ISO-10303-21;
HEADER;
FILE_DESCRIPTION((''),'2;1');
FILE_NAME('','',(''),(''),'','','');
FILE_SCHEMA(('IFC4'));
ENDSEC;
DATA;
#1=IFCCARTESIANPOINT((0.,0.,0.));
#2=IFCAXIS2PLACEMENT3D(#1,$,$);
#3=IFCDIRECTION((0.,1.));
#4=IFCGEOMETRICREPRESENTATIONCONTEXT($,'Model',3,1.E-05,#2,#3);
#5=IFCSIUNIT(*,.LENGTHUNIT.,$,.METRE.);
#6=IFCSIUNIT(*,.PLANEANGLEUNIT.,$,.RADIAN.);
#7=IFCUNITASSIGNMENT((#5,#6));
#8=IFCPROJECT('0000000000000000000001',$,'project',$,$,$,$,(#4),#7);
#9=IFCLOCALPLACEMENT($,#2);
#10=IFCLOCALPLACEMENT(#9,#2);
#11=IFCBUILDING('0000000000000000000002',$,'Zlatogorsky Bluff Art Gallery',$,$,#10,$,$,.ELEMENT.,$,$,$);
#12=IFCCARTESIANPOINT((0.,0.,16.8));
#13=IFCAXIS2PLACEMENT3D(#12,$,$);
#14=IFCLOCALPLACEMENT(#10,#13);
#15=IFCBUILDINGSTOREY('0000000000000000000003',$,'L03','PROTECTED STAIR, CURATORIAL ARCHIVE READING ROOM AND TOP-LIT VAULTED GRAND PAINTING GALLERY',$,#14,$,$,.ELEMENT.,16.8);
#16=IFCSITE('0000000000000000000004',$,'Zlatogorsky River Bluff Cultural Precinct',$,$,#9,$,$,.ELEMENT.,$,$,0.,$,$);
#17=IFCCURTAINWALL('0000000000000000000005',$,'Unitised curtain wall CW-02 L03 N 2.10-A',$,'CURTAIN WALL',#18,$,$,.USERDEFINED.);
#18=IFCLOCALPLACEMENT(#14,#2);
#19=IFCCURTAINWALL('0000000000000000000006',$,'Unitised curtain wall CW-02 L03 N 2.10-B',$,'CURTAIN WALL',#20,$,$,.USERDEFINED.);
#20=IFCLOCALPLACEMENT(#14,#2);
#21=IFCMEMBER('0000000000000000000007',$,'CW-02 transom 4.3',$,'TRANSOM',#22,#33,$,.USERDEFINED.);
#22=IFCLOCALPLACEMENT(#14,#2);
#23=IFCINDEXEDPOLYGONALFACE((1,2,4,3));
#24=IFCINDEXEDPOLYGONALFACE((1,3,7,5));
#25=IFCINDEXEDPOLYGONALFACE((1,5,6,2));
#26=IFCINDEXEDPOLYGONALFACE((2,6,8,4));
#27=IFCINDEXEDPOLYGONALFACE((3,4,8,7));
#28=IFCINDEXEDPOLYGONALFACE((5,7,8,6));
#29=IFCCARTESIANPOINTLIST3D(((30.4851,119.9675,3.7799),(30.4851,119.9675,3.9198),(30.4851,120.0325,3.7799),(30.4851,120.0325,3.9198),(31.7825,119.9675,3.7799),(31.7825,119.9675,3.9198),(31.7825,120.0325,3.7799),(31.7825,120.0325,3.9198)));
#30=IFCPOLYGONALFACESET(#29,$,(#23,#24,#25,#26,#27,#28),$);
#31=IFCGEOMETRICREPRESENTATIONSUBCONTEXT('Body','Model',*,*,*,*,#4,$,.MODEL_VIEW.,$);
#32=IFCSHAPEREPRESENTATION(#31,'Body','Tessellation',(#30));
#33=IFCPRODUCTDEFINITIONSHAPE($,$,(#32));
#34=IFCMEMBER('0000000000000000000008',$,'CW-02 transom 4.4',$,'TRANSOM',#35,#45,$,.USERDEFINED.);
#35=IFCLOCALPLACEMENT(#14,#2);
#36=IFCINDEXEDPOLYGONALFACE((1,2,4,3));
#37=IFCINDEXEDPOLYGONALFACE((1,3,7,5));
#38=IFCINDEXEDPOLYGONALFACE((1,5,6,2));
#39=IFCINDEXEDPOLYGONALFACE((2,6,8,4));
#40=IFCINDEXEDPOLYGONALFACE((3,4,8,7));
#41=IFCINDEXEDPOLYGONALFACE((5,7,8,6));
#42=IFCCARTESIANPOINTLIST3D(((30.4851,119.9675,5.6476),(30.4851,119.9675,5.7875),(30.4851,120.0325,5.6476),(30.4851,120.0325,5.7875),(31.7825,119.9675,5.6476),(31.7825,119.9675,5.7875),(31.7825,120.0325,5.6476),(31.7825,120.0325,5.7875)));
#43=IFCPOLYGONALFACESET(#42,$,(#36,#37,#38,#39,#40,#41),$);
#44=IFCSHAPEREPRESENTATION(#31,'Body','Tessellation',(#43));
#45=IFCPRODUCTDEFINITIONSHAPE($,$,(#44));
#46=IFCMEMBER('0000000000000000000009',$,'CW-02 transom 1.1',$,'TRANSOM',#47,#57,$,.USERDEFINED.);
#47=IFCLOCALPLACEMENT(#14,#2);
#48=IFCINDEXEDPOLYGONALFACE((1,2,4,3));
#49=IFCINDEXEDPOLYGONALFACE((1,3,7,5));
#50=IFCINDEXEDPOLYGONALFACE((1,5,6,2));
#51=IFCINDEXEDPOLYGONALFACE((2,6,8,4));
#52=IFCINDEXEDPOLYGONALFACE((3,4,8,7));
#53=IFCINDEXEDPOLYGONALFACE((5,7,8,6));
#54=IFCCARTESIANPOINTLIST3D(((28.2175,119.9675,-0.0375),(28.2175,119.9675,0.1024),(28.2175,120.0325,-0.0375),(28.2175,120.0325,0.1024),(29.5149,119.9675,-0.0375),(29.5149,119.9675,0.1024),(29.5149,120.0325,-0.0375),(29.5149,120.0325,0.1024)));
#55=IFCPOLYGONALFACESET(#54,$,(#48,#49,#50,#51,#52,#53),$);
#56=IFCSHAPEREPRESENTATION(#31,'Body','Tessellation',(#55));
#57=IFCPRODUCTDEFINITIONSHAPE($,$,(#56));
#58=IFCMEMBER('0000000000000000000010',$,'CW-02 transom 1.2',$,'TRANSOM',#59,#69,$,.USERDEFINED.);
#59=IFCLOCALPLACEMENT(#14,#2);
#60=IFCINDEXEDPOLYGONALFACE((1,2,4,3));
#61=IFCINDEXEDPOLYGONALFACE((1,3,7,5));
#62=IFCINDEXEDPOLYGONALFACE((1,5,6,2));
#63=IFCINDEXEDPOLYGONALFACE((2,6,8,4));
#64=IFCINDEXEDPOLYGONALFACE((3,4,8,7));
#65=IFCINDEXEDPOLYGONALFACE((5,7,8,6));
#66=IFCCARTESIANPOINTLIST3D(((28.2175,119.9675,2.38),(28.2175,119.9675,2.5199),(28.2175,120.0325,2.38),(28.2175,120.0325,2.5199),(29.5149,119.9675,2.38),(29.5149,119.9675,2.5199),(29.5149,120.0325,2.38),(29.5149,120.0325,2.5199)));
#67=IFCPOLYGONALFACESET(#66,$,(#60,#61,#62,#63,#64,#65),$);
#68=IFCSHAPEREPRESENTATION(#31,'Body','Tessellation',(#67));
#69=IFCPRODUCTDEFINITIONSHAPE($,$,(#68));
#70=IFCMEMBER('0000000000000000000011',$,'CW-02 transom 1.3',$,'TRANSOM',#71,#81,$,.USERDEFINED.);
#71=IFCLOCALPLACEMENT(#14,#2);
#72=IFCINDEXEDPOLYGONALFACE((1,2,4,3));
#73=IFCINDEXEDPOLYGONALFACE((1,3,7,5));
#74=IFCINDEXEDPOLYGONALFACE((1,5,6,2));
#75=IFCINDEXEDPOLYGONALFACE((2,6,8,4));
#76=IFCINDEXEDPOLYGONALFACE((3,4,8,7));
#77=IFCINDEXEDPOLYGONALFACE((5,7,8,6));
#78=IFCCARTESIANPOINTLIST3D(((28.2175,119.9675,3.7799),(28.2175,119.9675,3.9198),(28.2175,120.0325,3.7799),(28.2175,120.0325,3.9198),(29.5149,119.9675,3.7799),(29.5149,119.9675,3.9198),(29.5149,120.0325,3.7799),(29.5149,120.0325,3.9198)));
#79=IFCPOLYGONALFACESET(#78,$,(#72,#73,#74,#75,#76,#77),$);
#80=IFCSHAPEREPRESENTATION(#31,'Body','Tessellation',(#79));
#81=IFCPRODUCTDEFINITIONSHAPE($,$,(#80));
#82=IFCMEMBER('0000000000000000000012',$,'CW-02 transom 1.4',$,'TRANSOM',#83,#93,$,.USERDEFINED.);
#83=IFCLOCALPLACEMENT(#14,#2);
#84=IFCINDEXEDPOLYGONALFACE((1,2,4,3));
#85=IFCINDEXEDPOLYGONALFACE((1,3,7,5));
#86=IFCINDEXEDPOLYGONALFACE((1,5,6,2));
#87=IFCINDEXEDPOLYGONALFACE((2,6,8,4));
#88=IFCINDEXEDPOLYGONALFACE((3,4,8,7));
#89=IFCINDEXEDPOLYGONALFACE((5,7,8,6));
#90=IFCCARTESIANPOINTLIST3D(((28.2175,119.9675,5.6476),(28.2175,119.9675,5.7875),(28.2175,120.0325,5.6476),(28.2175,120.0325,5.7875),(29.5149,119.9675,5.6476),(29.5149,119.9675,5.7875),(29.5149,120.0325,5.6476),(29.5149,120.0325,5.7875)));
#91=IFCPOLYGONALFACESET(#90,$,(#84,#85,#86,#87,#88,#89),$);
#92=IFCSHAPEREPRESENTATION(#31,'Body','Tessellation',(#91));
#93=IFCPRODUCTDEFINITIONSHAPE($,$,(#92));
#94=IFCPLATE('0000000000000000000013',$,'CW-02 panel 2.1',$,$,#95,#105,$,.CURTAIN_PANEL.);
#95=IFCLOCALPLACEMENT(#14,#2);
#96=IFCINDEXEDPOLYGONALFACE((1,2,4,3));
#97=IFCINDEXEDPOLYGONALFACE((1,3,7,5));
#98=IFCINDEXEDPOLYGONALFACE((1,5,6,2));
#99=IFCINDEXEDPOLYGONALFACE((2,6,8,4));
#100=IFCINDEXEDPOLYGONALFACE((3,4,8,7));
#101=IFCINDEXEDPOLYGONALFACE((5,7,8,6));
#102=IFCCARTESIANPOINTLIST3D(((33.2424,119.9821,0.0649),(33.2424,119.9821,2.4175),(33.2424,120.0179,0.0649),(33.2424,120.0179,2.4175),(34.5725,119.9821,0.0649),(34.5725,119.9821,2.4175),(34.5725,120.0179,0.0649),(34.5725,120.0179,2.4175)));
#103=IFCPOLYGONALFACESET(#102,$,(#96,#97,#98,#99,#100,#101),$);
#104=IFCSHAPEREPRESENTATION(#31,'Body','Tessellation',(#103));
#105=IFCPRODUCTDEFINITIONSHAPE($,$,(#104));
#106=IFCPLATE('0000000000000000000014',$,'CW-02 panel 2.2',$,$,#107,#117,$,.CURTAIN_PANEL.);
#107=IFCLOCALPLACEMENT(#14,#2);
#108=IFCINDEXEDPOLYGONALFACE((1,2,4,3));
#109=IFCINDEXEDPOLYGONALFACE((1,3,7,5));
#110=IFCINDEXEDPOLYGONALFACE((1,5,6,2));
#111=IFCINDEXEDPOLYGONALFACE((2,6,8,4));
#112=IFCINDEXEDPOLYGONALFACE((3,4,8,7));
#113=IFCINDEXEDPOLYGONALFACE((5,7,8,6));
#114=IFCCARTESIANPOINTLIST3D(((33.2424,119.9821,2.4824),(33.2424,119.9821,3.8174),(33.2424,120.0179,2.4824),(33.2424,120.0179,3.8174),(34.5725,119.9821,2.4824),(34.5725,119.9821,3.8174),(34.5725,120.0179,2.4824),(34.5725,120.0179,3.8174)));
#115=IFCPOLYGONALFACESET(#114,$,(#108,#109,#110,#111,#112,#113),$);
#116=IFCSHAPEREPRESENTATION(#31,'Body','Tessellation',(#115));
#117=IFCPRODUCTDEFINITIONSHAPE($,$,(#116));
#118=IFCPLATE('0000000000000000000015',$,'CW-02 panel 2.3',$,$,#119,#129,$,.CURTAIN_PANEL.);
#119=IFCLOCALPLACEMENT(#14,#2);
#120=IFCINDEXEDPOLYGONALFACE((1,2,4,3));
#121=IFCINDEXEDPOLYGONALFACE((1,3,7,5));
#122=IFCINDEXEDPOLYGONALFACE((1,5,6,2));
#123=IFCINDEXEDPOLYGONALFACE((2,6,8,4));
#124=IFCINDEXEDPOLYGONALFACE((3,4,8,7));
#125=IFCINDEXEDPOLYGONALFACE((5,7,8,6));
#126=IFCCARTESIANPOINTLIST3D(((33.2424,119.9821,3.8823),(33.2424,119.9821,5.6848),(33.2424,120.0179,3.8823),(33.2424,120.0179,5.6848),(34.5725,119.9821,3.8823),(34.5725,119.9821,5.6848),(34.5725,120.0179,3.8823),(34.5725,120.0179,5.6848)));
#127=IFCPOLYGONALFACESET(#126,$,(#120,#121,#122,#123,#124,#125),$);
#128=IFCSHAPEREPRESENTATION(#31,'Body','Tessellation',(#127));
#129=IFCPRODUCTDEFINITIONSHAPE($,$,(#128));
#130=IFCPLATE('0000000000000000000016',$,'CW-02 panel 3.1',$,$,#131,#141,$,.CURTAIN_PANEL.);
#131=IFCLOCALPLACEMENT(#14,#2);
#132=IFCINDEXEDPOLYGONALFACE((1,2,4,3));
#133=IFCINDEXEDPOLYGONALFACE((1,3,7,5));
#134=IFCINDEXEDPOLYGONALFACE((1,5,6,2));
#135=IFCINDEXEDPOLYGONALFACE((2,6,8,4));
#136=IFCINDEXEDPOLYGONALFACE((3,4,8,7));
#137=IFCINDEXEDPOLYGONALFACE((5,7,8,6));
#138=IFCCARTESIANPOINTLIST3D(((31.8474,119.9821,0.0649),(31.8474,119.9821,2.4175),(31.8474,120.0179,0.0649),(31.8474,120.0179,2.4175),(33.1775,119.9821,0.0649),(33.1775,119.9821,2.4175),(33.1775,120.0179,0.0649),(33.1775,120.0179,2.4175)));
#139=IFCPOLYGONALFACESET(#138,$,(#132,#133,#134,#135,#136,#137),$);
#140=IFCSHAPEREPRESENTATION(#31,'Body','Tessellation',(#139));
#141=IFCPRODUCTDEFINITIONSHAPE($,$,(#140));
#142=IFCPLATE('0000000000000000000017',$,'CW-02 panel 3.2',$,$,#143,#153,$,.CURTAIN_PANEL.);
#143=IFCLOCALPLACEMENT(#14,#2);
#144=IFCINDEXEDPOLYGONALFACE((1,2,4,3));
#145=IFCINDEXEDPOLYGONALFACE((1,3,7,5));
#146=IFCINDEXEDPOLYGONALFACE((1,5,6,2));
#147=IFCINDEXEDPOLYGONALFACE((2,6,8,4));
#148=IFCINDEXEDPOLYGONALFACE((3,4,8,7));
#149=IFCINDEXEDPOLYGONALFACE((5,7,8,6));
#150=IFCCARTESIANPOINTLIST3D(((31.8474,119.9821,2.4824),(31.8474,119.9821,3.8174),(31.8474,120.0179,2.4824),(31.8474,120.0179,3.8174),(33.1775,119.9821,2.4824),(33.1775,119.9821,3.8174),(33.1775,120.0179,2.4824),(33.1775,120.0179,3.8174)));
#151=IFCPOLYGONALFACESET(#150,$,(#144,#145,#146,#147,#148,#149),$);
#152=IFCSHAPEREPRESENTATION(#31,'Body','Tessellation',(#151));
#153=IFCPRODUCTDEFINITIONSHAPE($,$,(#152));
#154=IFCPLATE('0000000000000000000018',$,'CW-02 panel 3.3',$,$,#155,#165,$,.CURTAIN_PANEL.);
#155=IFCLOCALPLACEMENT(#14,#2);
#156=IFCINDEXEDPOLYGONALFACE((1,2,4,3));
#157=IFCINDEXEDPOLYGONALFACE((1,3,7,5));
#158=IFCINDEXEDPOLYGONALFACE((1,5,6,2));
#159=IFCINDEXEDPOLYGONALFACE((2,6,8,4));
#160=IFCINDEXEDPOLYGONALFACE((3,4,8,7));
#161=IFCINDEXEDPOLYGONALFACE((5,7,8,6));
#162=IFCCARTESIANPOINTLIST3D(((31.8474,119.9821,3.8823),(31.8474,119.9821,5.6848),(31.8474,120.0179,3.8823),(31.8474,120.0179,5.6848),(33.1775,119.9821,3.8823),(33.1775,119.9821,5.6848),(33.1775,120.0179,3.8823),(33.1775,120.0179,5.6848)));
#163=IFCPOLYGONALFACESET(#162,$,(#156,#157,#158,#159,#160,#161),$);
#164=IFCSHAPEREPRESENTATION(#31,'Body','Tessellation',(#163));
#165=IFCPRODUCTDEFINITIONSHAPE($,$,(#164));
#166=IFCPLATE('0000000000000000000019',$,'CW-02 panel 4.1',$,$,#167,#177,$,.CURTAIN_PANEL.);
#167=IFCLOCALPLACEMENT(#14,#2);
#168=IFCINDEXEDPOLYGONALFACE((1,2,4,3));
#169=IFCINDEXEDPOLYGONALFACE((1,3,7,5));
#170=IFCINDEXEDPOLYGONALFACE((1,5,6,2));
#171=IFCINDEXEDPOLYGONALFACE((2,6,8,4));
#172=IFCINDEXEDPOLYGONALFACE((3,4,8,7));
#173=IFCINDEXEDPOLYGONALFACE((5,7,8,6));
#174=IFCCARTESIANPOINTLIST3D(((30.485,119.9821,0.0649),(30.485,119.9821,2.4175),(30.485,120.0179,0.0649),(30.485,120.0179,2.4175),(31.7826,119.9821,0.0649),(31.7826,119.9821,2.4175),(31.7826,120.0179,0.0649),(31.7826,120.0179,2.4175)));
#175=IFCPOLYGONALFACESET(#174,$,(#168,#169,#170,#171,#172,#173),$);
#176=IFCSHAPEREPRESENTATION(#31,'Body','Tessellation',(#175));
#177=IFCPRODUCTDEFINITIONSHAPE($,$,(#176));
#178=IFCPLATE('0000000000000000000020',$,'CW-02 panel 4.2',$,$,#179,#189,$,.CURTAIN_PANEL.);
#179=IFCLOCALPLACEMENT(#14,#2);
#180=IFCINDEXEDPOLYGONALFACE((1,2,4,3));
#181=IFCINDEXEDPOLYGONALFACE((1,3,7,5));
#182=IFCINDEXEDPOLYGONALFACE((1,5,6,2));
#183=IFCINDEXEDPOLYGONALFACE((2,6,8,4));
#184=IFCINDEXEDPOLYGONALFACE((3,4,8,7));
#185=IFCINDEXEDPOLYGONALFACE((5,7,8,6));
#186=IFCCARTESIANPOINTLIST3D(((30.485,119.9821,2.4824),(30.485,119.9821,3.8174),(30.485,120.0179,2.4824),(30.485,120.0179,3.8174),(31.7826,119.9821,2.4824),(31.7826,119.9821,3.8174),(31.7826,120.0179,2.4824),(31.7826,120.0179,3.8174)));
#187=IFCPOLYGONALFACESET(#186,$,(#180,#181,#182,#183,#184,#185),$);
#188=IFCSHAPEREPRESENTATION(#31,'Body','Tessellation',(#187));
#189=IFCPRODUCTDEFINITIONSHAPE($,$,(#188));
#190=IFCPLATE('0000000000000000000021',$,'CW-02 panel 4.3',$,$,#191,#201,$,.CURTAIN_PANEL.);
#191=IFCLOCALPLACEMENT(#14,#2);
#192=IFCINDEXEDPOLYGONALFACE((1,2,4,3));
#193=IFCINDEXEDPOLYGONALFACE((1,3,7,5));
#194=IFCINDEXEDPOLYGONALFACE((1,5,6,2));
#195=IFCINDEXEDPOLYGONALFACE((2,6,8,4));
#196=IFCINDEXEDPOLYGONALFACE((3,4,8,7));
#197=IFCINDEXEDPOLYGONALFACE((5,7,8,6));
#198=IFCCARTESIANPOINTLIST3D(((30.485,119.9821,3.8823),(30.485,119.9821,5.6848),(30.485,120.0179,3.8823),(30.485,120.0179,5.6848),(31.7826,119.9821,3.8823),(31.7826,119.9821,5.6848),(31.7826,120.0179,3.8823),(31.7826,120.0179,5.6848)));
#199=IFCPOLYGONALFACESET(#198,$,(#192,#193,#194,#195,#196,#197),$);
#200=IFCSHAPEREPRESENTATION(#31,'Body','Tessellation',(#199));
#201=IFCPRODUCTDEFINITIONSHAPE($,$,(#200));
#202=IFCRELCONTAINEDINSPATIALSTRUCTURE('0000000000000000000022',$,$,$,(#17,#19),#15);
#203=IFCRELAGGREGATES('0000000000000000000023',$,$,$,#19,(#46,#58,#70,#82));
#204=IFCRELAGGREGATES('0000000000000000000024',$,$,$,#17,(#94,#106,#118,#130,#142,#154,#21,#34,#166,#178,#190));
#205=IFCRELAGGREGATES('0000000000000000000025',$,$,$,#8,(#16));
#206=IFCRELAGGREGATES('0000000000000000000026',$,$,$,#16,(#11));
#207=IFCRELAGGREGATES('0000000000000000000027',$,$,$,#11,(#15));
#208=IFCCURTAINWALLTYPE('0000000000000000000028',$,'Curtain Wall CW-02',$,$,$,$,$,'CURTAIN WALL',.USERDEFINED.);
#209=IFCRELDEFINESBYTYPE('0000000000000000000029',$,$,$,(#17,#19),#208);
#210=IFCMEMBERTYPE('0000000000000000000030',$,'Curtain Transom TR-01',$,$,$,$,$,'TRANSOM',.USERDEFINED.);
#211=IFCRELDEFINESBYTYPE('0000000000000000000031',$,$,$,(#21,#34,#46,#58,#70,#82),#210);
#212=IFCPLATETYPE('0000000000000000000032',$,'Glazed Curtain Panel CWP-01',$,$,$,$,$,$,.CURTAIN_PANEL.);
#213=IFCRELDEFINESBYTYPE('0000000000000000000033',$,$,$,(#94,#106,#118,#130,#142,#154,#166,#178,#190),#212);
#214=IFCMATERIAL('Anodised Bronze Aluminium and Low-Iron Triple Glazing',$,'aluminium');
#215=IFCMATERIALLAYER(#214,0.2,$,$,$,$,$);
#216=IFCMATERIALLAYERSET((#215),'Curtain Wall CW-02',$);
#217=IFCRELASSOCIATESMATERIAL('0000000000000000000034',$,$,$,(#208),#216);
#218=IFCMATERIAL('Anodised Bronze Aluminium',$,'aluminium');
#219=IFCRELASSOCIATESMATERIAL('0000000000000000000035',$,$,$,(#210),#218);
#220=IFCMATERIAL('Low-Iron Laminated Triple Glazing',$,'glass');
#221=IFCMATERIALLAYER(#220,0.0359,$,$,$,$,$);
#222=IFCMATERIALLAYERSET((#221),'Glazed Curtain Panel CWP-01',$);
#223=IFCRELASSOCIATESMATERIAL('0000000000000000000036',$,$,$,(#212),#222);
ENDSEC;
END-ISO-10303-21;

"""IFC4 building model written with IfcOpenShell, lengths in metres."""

from ifc_helpers import new_model, si_unit, direction, frame, origin, origin_2d, place, context, subcontext, project, spatial, rectangle, extrude, material, layer, layer_set, material_profile, profile_set, type_object, element, aggregate, save


model = new_model("IFC4")

# Units and contexts
model_context = context("Model", 3, precision=1e-05, world=origin(), true_north=direction((0.0, 1.0)))
body_context = subcontext(model_context, "Body", "Model", "MODEL_VIEW")
ifc_project = project(units=[si_unit("LENGTHUNIT", "METRE"), si_unit("PLANEANGLEUNIT", "RADIAN")], contexts=[model_context])

# Site, building, storey
site_placement = place(None, origin())
site = spatial("IfcSite", under=ifc_project, at=site_placement, Name="Zlatogorsky River Bluff Cultural Precinct", CompositionType="ELEMENT", RefElevation=0.0)
building_placement = place(site_placement, origin())
building = spatial("IfcBuilding", under=site, at=building_placement, Name="Zlatogorsky Bluff Art Gallery", CompositionType="ELEMENT")
storey_placement = place(building_placement, frame((0.0, 0.0, 16.8)))
storey = spatial("IfcBuildingStorey", under=building, at=storey_placement, Name="L03", Description="PROTECTED STAIR, CURATORIAL ARCHIVE READING ROOM AND TOP-LIT VAULTED GRAND PAINTING GALLERY", CompositionType="ELEMENT", Elevation=16.8)

# Curtain wall
ifc_material_1 = material(Name="Anodised Bronze Aluminium and Low-Iron Triple Glazing", Category="aluminium")
ifc_layer_1 = layer(ifc_material_1, 0.2)
ifc_layer_set_1 = layer_set([ifc_layer_1], Name="Curtain Wall CW-02")
curtain_wall_type = type_object("IfcCurtainWallType", Name="Curtain Wall CW-02", ElementType="CURTAIN WALL", PredefinedType="USERDEFINED", material=ifc_layer_set_1)
curtain_wall_1_placement = place(storey_placement, origin())
curtain_wall_1 = element("IfcCurtainWall", 1, at=curtain_wall_1_placement, inside=storey, type_object=curtain_wall_type, Name="Unitised curtain wall CW-02 L03 N 2.10-A", ObjectType="CURTAIN WALL", PredefinedType="USERDEFINED")
ifc_material_2 = material(Name="Anodised Bronze Aluminium", Category="aluminium")

# Curtain wall
curtain_wall_2_placement = place(storey_placement, origin())
curtain_wall_2 = element("IfcCurtainWall", 2, at=curtain_wall_2_placement, inside=storey, type_object=curtain_wall_type, Name="Unitised curtain wall CW-02 L03 N 2.10-B", ObjectType="CURTAIN WALL", PredefinedType="USERDEFINED")

# Members
ifc_material_profile_1 = material_profile(ifc_material_2, rectangle(XDim=0.0649, YDim=0.1399, at=origin_2d()), Name="ALU TRANSOM 65x140")
ifc_profile_set_1 = profile_set([ifc_material_profile_1], Name="Anodised Bronze Aluminium")
member_type_1 = type_object("IfcMemberType", Name="Curtain Transom TR-01", ElementType="TRANSOM", PredefinedType="USERDEFINED", material=ifc_profile_set_1)
member_1_placement = place(storey_placement, frame((31.7825, 120.0, 3.8499), z_axis=(-1.0, 0.0, 0.0), x_axis=(0.0, -1.0, 0.0)))
member_1 = element("IfcMember", 3, at=member_1_placement, type_object=member_type_1, Name="CW-02 transom 4.3", ObjectType="TRANSOM", PredefinedType="USERDEFINED", context=body_context, shape_type="SweptSolid", body=[
    extrude(rectangle(XDim=0.0649, YDim=0.1399, at=origin_2d()), origin(), (0.0, 0.0, 1.0), 1.2974),
])
member_2_placement = place(storey_placement, frame((31.7825, 120.0, 5.7175), z_axis=(-1.0, 0.0, 0.0), x_axis=(0.0, -1.0, 0.0)))
member_2 = element("IfcMember", 4, at=member_2_placement, type_object=member_type_1, Name="CW-02 transom 4.4", ObjectType="TRANSOM", PredefinedType="USERDEFINED", context=body_context, shape_type="SweptSolid", body=[
    extrude(rectangle(XDim=0.0649, YDim=0.1399, at=origin_2d()), origin(), (0.0, 0.0, 1.0), 1.2974),
])
member_3_placement = place(storey_placement, frame((29.5149, 120.0, 0.0325), z_axis=(-1.0, 0.0, 0.0), x_axis=(0.0, -1.0, 0.0)))
member_3 = element("IfcMember", 5, at=member_3_placement, type_object=member_type_1, Name="CW-02 transom 1.1", ObjectType="TRANSOM", PredefinedType="USERDEFINED", context=body_context, shape_type="SweptSolid", body=[
    extrude(rectangle(XDim=0.0649, YDim=0.1399, at=origin_2d()), origin(), (0.0, 0.0, 1.0), 1.2974),
])
member_4_placement = place(storey_placement, frame((29.5149, 120.0, 2.45), z_axis=(-1.0, 0.0, 0.0), x_axis=(0.0, -1.0, 0.0)))
member_4 = element("IfcMember", 6, at=member_4_placement, type_object=member_type_1, Name="CW-02 transom 1.2", ObjectType="TRANSOM", PredefinedType="USERDEFINED", context=body_context, shape_type="SweptSolid", body=[
    extrude(rectangle(XDim=0.0649, YDim=0.1399, at=origin_2d()), origin(), (0.0, 0.0, 1.0), 1.2974),
])
member_5_placement = place(storey_placement, frame((29.5149, 120.0, 3.8499), z_axis=(-1.0, 0.0, 0.0), x_axis=(0.0, -1.0, 0.0)))
member_5 = element("IfcMember", 7, at=member_5_placement, type_object=member_type_1, Name="CW-02 transom 1.3", ObjectType="TRANSOM", PredefinedType="USERDEFINED", context=body_context, shape_type="SweptSolid", body=[
    extrude(rectangle(XDim=0.0649, YDim=0.1399, at=origin_2d()), origin(), (0.0, 0.0, 1.0), 1.2974),
])
member_6_placement = place(storey_placement, frame((29.5149, 120.0, 5.7175), z_axis=(-1.0, 0.0, 0.0), x_axis=(0.0, -1.0, 0.0)))
member_6 = element("IfcMember", 8, at=member_6_placement, type_object=member_type_1, Name="CW-02 transom 1.4", ObjectType="TRANSOM", PredefinedType="USERDEFINED", context=body_context, shape_type="SweptSolid", body=[
    extrude(rectangle(XDim=0.0649, YDim=0.1399, at=origin_2d()), origin(), (0.0, 0.0, 1.0), 1.2974),
])
aggregate(curtain_wall_2, [member_3, member_4, member_5, member_6])

# Plates
ifc_material_3 = material(Name="Low-Iron Laminated Triple Glazing", Category="glass")
ifc_layer_2 = layer(ifc_material_3, 0.0359)
ifc_layer_set_2 = layer_set([ifc_layer_2], Name="Glazed Curtain Panel CWP-01")
plate_type = type_object("IfcPlateType", Name="Glazed Curtain Panel CWP-01", PredefinedType="CURTAIN_PANEL", material=ifc_layer_set_2)
plate_1_placement = place(storey_placement, frame((33.9075, 120.0, 0.0649), z_axis=(0.0, 0.0, 1.0), x_axis=(-1.0, 0.0, 0.0)))
plate_1 = element("IfcPlate", 9, at=plate_1_placement, type_object=plate_type, Name="CW-02 panel 2.1", PredefinedType="CURTAIN_PANEL", context=body_context, shape_type="SweptSolid", body=[
    extrude(rectangle(XDim=1.3301, YDim=0.0359, at=origin_2d()), origin(), (0.0, 0.0, 1.0), 2.3525),
])
plate_2_placement = place(storey_placement, frame((33.9075, 120.0, 2.4824), z_axis=(0.0, 0.0, 1.0), x_axis=(-1.0, 0.0, 0.0)))
plate_2 = element("IfcPlate", 10, at=plate_2_placement, type_object=plate_type, Name="CW-02 panel 2.2", PredefinedType="CURTAIN_PANEL", context=body_context, shape_type="SweptSolid", body=[
    extrude(rectangle(XDim=1.3301, YDim=0.0359, at=origin_2d()), origin(), (0.0, 0.0, 1.0), 1.335),
])
plate_3_placement = place(storey_placement, frame((33.9075, 120.0, 3.8823), z_axis=(0.0, 0.0, 1.0), x_axis=(-1.0, 0.0, 0.0)))
plate_3 = element("IfcPlate", 11, at=plate_3_placement, type_object=plate_type, Name="CW-02 panel 2.3", PredefinedType="CURTAIN_PANEL", context=body_context, shape_type="SweptSolid", body=[
    extrude(rectangle(XDim=1.3301, YDim=0.0359, at=origin_2d()), origin(), (0.0, 0.0, 1.0), 1.8025),
])
plate_4_placement = place(storey_placement, frame((32.5125, 120.0, 0.0649), z_axis=(0.0, 0.0, 1.0), x_axis=(-1.0, 0.0, 0.0)))
plate_4 = element("IfcPlate", 12, at=plate_4_placement, type_object=plate_type, Name="CW-02 panel 3.1", PredefinedType="CURTAIN_PANEL", context=body_context, shape_type="SweptSolid", body=[
    extrude(rectangle(XDim=1.3301, YDim=0.0359, at=origin_2d()), origin(), (0.0, 0.0, 1.0), 2.3525),
])
plate_5_placement = place(storey_placement, frame((32.5125, 120.0, 2.4824), z_axis=(0.0, 0.0, 1.0), x_axis=(-1.0, 0.0, 0.0)))
plate_5 = element("IfcPlate", 13, at=plate_5_placement, type_object=plate_type, Name="CW-02 panel 3.2", PredefinedType="CURTAIN_PANEL", context=body_context, shape_type="SweptSolid", body=[
    extrude(rectangle(XDim=1.3301, YDim=0.0359, at=origin_2d()), origin(), (0.0, 0.0, 1.0), 1.335),
])
plate_6_placement = place(storey_placement, frame((32.5125, 120.0, 3.8823), z_axis=(0.0, 0.0, 1.0), x_axis=(-1.0, 0.0, 0.0)))
plate_6 = element("IfcPlate", 14, at=plate_6_placement, type_object=plate_type, Name="CW-02 panel 3.3", PredefinedType="CURTAIN_PANEL", context=body_context, shape_type="SweptSolid", body=[
    extrude(rectangle(XDim=1.3301, YDim=0.0359, at=origin_2d()), origin(), (0.0, 0.0, 1.0), 1.8025),
])
plate_7_placement = place(storey_placement, frame((31.1338, 120.0, 0.0649), z_axis=(0.0, 0.0, 1.0), x_axis=(-1.0, 0.0, 0.0)))
plate_7 = element("IfcPlate", 15, at=plate_7_placement, type_object=plate_type, Name="CW-02 panel 4.1", PredefinedType="CURTAIN_PANEL", context=body_context, shape_type="SweptSolid", body=[
    extrude(rectangle(XDim=1.2976, YDim=0.0359, at=origin_2d()), origin(), (0.0, 0.0, 1.0), 2.3525),
])
plate_8_placement = place(storey_placement, frame((31.1338, 120.0, 2.4824), z_axis=(0.0, 0.0, 1.0), x_axis=(-1.0, 0.0, 0.0)))
plate_8 = element("IfcPlate", 16, at=plate_8_placement, type_object=plate_type, Name="CW-02 panel 4.2", PredefinedType="CURTAIN_PANEL", context=body_context, shape_type="SweptSolid", body=[
    extrude(rectangle(XDim=1.2976, YDim=0.0359, at=origin_2d()), origin(), (0.0, 0.0, 1.0), 1.335),
])
plate_9_placement = place(storey_placement, frame((31.1338, 120.0, 3.8823), z_axis=(0.0, 0.0, 1.0), x_axis=(-1.0, 0.0, 0.0)))
plate_9 = element("IfcPlate", 17, at=plate_9_placement, type_object=plate_type, Name="CW-02 panel 4.3", PredefinedType="CURTAIN_PANEL", context=body_context, shape_type="SweptSolid", body=[
    extrude(rectangle(XDim=1.2976, YDim=0.0359, at=origin_2d()), origin(), (0.0, 0.0, 1.0), 1.8025),
])
aggregate(curtain_wall_1, [plate_1, plate_2, plate_3, plate_4, plate_5, plate_6, member_1, member_2, plate_7, plate_8, plate_9])

save(model, "model.ifc")
